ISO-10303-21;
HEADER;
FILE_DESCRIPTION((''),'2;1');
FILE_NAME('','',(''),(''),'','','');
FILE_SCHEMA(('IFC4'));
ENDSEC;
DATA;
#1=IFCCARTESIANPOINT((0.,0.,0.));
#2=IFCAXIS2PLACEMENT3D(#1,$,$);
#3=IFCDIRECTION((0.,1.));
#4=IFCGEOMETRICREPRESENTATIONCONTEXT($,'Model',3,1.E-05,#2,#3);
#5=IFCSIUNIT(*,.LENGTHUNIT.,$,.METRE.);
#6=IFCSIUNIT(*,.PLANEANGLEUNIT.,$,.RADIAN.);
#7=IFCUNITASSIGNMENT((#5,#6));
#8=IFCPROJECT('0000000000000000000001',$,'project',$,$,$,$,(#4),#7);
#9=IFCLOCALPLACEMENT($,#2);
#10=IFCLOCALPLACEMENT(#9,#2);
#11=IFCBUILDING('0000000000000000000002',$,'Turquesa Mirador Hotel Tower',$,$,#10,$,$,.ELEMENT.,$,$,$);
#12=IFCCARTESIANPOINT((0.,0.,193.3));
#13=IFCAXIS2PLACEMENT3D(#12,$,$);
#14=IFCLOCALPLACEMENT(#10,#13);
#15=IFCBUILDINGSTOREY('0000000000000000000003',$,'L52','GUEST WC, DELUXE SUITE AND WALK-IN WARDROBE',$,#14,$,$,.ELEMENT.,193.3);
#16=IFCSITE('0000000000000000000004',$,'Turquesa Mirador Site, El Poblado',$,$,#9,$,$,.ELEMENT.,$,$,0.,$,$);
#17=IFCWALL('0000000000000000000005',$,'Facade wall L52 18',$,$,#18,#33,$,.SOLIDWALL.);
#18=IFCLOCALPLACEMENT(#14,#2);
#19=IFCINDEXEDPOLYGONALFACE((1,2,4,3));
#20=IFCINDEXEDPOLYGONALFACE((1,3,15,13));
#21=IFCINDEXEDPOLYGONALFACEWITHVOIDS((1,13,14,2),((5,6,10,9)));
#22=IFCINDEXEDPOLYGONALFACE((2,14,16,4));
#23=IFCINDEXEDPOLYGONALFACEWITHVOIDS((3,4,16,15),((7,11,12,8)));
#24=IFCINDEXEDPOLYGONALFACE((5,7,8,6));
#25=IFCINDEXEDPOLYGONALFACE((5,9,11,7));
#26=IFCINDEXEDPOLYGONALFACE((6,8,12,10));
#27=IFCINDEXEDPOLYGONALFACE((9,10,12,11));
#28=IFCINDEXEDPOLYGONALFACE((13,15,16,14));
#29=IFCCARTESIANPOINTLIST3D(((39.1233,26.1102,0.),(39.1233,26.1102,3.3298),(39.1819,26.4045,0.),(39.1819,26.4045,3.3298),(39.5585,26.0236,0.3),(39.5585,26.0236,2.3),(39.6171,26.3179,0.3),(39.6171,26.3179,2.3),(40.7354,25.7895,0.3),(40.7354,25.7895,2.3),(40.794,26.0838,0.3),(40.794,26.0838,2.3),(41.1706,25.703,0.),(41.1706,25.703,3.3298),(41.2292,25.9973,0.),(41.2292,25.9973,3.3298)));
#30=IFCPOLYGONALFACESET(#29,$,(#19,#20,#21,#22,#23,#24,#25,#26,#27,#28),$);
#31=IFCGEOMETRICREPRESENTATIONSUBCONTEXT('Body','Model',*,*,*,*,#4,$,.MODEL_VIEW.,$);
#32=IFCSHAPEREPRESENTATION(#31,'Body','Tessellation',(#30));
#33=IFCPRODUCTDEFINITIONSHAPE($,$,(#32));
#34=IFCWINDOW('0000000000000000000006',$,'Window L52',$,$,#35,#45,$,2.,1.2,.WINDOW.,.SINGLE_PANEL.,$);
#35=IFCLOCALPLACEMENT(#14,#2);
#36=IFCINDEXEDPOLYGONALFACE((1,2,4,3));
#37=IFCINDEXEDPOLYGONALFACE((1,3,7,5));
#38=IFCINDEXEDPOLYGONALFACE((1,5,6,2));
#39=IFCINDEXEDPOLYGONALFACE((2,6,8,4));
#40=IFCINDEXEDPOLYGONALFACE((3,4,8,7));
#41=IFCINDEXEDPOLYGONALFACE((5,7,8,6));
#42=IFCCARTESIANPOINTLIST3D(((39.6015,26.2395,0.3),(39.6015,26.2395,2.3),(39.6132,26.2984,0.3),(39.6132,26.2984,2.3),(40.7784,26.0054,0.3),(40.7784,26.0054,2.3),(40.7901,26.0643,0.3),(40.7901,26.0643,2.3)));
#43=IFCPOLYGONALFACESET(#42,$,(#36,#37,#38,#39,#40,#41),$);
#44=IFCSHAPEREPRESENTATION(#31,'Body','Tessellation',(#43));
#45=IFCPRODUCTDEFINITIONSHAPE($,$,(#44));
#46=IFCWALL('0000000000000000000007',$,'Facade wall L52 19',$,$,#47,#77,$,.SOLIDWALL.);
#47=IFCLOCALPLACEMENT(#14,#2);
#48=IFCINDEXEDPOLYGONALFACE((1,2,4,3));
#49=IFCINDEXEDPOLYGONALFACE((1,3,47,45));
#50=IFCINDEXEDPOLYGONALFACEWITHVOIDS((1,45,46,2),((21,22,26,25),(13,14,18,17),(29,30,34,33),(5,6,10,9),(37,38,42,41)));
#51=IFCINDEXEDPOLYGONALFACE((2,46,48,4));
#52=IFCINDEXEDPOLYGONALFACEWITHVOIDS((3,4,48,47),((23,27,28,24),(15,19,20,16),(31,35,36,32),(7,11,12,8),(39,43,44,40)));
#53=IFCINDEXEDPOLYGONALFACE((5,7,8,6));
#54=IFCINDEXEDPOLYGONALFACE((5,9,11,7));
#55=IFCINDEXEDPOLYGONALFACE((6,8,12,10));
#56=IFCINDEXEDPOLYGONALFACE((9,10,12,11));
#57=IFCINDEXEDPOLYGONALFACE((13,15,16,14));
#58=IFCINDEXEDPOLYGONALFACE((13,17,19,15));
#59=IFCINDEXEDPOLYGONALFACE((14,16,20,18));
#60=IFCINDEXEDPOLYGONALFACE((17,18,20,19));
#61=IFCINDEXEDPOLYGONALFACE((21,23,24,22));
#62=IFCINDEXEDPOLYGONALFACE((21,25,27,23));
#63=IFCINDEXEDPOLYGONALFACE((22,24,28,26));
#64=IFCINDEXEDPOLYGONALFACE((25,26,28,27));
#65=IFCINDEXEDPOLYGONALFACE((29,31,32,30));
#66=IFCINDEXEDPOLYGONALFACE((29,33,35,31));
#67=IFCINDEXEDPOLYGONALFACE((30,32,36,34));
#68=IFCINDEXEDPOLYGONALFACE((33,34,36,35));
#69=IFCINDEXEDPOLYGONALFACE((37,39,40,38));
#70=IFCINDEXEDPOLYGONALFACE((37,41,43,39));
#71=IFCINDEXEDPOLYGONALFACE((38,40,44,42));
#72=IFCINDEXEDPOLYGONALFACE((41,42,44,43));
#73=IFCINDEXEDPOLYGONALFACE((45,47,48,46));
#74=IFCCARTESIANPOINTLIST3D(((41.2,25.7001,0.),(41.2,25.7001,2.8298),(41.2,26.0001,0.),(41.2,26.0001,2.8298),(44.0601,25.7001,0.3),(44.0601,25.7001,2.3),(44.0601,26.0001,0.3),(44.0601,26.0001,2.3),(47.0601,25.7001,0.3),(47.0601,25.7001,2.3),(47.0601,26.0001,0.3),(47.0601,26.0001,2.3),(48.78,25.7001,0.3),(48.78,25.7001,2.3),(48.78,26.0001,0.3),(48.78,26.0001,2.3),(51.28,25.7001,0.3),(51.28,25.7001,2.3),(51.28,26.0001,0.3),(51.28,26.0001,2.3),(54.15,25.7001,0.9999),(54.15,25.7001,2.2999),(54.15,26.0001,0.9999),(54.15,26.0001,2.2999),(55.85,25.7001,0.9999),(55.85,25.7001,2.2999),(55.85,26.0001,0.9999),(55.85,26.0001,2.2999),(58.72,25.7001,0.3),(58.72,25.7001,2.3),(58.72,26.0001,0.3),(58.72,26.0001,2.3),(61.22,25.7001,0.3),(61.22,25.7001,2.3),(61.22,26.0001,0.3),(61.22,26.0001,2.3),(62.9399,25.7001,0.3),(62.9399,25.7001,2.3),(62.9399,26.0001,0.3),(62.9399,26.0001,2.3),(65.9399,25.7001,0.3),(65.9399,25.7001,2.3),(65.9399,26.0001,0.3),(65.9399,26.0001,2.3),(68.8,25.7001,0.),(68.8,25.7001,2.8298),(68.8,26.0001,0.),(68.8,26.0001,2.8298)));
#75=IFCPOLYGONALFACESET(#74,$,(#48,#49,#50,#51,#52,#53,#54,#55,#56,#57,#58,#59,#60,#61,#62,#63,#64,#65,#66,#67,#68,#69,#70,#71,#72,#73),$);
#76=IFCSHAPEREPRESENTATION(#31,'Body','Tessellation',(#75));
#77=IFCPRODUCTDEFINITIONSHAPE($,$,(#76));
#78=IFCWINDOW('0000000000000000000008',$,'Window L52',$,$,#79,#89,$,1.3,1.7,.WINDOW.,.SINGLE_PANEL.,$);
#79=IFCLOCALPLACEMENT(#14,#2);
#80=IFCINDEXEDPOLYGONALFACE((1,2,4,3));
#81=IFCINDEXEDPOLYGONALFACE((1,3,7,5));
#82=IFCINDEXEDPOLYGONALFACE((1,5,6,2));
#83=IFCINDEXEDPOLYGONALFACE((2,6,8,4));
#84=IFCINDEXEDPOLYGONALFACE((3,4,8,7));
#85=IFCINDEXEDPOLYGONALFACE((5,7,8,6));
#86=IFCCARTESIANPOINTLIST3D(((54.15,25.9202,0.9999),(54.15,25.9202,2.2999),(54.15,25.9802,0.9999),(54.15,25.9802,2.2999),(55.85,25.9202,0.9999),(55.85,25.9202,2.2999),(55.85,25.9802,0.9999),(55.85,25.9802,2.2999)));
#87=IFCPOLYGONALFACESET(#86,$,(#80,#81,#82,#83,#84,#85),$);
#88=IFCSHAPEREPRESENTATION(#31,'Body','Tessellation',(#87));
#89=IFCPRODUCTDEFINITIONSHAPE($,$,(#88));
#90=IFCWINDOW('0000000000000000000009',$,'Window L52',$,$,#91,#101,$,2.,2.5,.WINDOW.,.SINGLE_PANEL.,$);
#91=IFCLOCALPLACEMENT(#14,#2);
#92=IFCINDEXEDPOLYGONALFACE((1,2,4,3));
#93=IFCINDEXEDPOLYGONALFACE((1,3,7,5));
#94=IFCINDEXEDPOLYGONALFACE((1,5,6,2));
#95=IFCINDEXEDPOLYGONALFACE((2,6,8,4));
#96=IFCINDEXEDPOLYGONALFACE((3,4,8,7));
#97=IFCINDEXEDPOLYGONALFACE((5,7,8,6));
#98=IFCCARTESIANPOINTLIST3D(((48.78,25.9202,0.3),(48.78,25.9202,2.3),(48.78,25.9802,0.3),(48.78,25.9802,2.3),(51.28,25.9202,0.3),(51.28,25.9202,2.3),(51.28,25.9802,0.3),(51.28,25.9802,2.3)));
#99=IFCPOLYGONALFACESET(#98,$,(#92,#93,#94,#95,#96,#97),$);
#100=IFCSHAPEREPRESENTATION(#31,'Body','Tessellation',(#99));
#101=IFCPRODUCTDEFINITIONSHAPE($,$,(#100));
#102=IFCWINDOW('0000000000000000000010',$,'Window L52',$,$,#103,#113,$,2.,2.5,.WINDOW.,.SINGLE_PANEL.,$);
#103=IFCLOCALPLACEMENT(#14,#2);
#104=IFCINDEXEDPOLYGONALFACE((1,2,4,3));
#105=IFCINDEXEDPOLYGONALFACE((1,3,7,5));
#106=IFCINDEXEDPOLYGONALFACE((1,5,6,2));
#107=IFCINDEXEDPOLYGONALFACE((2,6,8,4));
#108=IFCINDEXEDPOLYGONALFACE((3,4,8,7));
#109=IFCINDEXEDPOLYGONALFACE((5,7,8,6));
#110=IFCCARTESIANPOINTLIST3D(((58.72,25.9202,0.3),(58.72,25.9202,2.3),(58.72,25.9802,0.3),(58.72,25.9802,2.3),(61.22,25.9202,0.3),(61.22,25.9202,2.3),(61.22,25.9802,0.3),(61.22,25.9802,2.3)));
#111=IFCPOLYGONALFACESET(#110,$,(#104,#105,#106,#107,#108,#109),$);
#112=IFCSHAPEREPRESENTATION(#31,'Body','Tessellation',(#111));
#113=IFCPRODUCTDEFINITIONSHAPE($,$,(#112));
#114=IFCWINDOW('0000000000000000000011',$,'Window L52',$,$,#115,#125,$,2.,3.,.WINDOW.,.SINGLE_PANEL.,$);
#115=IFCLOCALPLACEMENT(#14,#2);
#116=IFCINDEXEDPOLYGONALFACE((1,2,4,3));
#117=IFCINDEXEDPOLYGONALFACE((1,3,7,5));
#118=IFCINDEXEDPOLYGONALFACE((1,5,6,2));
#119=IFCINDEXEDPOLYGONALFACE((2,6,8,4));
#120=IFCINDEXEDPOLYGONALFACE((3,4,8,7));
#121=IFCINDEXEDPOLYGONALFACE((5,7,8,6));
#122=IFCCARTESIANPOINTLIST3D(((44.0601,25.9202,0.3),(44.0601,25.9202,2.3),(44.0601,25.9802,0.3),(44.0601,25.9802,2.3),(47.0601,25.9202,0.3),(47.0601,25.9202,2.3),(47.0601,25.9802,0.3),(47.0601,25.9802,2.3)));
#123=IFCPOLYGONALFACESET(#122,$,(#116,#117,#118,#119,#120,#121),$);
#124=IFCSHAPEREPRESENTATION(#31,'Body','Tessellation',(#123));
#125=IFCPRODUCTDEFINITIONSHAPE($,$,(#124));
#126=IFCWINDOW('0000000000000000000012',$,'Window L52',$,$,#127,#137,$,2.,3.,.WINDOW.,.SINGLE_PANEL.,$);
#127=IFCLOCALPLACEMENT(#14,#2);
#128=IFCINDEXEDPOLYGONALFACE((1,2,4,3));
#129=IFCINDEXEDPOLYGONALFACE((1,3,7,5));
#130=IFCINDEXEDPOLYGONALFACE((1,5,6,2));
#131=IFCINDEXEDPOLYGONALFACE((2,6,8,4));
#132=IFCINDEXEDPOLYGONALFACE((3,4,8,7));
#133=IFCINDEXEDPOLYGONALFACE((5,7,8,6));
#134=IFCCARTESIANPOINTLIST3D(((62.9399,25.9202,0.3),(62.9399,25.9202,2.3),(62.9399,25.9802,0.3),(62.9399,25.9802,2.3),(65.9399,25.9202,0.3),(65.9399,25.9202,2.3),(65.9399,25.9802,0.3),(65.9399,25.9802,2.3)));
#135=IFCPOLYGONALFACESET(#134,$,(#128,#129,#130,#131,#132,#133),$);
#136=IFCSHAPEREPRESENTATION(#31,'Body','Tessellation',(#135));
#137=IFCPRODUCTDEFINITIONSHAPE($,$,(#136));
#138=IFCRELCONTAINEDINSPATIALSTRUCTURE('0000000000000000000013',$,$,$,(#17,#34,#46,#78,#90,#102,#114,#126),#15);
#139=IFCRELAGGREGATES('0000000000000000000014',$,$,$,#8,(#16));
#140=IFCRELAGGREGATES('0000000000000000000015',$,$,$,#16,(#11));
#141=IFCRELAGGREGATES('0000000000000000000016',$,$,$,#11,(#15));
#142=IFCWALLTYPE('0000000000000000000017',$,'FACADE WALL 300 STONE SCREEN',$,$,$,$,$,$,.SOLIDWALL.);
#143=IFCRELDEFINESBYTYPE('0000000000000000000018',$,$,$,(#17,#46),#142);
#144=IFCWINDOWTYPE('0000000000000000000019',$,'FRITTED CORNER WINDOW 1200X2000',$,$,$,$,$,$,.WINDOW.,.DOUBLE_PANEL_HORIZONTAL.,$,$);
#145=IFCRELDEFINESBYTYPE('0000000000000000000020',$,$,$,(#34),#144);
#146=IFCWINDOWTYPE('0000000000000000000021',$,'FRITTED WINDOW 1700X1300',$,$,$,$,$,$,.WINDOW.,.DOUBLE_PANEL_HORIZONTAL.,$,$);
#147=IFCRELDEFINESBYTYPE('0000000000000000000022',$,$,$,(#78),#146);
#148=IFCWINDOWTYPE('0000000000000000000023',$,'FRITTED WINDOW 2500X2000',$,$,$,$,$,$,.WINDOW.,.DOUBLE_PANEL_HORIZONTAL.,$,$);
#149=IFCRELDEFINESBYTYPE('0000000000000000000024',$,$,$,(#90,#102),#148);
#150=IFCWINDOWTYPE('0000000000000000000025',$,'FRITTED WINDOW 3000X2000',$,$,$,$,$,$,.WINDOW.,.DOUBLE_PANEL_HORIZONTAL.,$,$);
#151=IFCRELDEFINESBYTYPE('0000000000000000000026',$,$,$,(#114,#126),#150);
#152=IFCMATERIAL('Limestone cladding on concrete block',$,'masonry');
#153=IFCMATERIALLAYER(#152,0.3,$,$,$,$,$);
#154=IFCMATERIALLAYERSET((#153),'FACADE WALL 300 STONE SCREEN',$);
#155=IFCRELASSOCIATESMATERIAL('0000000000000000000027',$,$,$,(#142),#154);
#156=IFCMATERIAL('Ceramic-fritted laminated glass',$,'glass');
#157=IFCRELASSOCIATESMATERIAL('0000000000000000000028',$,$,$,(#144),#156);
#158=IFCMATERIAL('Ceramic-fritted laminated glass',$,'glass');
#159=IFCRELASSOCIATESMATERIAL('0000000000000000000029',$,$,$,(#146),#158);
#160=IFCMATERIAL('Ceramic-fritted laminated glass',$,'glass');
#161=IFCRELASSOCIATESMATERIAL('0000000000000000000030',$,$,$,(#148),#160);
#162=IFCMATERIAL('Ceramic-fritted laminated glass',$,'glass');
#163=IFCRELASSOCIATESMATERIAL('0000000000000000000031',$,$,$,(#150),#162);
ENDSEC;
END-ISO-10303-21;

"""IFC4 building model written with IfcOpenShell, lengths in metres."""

from ifc_helpers import new_model, si_unit, direction, frame, frame_2d, origin, place, context, subcontext, project, spatial, rectangle, extrude, material, layer, layer_set, type_object, element, fill, save


model = new_model("IFC4")

# Units and contexts
model_context = context("Model", 3, precision=1e-05, world=origin(), true_north=direction((0.0, 1.0)))
body_context = subcontext(model_context, "Body", "Model", "MODEL_VIEW")
ifc_project = project(units=[si_unit("LENGTHUNIT", "METRE"), si_unit("PLANEANGLEUNIT", "RADIAN")], contexts=[model_context])

# Site, building, storey
site_placement = place(None, origin())
site = spatial("IfcSite", under=ifc_project, at=site_placement, Name="Turquesa Mirador Site, El Poblado", CompositionType="ELEMENT", RefElevation=0.0)
building_placement = place(site_placement, origin())
building = spatial("IfcBuilding", under=site, at=building_placement, Name="Turquesa Mirador Hotel Tower", CompositionType="ELEMENT")
storey_placement = place(building_placement, frame((0.0, 0.0, 193.3)))
storey = spatial("IfcBuildingStorey", under=building, at=storey_placement, Name="L52", Description="GUEST WC, DELUXE SUITE AND WALK-IN WARDROBE", CompositionType="ELEMENT", Elevation=193.3)

# Wall, opening, window
ifc_material_1 = material(Name="Limestone cladding on concrete block", Category="masonry")
ifc_layer_1 = layer(ifc_material_1, 0.3)
ifc_layer_set_1 = layer_set([ifc_layer_1], Name="FACADE WALL 300 STONE SCREEN")
wall_type_1 = type_object("IfcWallType", Name="FACADE WALL 300 STONE SCREEN", PredefinedType="SOLIDWALL", material=ifc_layer_set_1)
ifc_material_2 = material(Name="Ceramic-fritted laminated glass", Category="glass")
window_type_1 = type_object("IfcWindowType", Name="FRITTED CORNER WINDOW 1200X2000", PartitioningType="DOUBLE_PANEL_HORIZONTAL", PredefinedType="WINDOW", material=ifc_material_2)
wall_1_placement = place(storey_placement, frame((39.1526, 26.2573, 0.0), z_axis=(0.0, 0.0, 1.0), x_axis=(0.980787, -0.195081, 0.0)))
wall_1 = element("IfcWall", 1, at=wall_1_placement, inside=storey, type_object=wall_type_1, Name="Facade wall L52 18", PredefinedType="SOLIDWALL", context=body_context, shape_type="SweptSolid", body=[
    extrude(rectangle(XDim=2.0874, YDim=0.3, at=frame_2d((1.0437, 0.0))), origin(), (0.0, 0.0, 1.0), 3.3298),
])
opening_1_placement = place(wall_1_placement, frame((0.4436, 0.0, 0.3)))
opening_1 = element("IfcOpeningElement", 2, at=opening_1_placement, cuts=wall_1, PredefinedType="OPENING", context=body_context, shape_type="SweptSolid", body=[
    extrude(rectangle(XDim=1.2, YDim=2.0, at=frame_2d((0.6001, 1.0))), frame((0.0, 0.1599, 0.0), z_axis=(0.0, -1.0, 0.0), x_axis=(1.0, 0.0, 0.0)), (0.0, 0.0, 1.0), 0.3201),
])
window_1_placement = place(opening_1_placement, origin())
window_1 = element("IfcWindow", 3, at=window_1_placement, inside=storey, type_object=window_type_1, Name="Window L52", OverallHeight=2.0, OverallWidth=1.2, PartitioningType="SINGLE_PANEL", PredefinedType="WINDOW", context=body_context, shape_type="SweptSolid", body=[
    extrude(rectangle(XDim=1.2, YDim=2.0, at=frame_2d((0.6001, 1.0))), frame((0.0, 0.1301, 0.0), z_axis=(0.0, -1.0, 0.0), x_axis=(1.0, 0.0, 0.0)), (0.0, 0.0, 1.0), 0.0601),
])
fill(opening_1, window_1)

# Wall, openings, windows
wall_2_placement = place(storey_placement, frame((41.2, 25.8501, 0.0), z_axis=(0.0, 0.0, 1.0), x_axis=(1.0, 0.0, 0.0)))
wall_2 = element("IfcWall", 4, at=wall_2_placement, inside=storey, type_object=wall_type_1, Name="Facade wall L52 19", PredefinedType="SOLIDWALL", context=body_context, shape_type="SweptSolid", body=[
    extrude(rectangle(XDim=27.6001, YDim=0.3, at=frame_2d((13.8, 0.0))), origin(), (0.0, 0.0, 1.0), 2.8298),
])
opening_2_placement = place(wall_2_placement, frame((2.8601, 0.0, 0.3)))
opening_2 = element("IfcOpeningElement", 5, at=opening_2_placement, cuts=wall_2, PredefinedType="OPENING", context=body_context, shape_type="SweptSolid", body=[
    extrude(rectangle(XDim=3.0, YDim=2.0, at=frame_2d((1.5, 1.0))), frame((0.0, 0.1599, 0.0), z_axis=(0.0, -1.0, 0.0), x_axis=(1.0, 0.0, 0.0)), (0.0, 0.0, 1.0), 0.3201),
])
opening_3_placement = place(wall_2_placement, frame((7.5801, 0.0, 0.3)))
opening_3 = element("IfcOpeningElement", 6, at=opening_3_placement, cuts=wall_2, PredefinedType="OPENING", context=body_context, shape_type="SweptSolid", body=[
    extrude(rectangle(XDim=2.5, YDim=2.0, at=frame_2d((1.25, 1.0))), frame((0.0, 0.1599, 0.0), z_axis=(0.0, -1.0, 0.0), x_axis=(1.0, 0.0, 0.0)), (0.0, 0.0, 1.0), 0.3201),
])
opening_4_placement = place(wall_2_placement, frame((12.95, 0.0, 1.0)))
opening_4 = element("IfcOpeningElement", 7, at=opening_4_placement, cuts=wall_2, PredefinedType="OPENING", context=body_context, shape_type="SweptSolid", body=[
    extrude(rectangle(XDim=1.7, YDim=1.3, at=frame_2d((0.8501, 0.6499))), frame((0.0, 0.1599, 0.0), z_axis=(0.0, -1.0, 0.0), x_axis=(1.0, 0.0, 0.0)), (0.0, 0.0, 1.0), 0.3201),
])
opening_5_placement = place(wall_2_placement, frame((17.52, 0.0, 0.3)))
opening_5 = element("IfcOpeningElement", 8, at=opening_5_placement, cuts=wall_2, PredefinedType="OPENING", context=body_context, shape_type="SweptSolid", body=[
    extrude(rectangle(XDim=2.5, YDim=2.0, at=frame_2d((1.25, 1.0))), frame((0.0, 0.1599, 0.0), z_axis=(0.0, -1.0, 0.0), x_axis=(1.0, 0.0, 0.0)), (0.0, 0.0, 1.0), 0.3201),
])
opening_6_placement = place(wall_2_placement, frame((21.74, 0.0, 0.3)))
opening_6 = element("IfcOpeningElement", 9, at=opening_6_placement, cuts=wall_2, PredefinedType="OPENING", context=body_context, shape_type="SweptSolid", body=[
    extrude(rectangle(XDim=3.0, YDim=2.0, at=frame_2d((1.5, 1.0))), frame((0.0, 0.1599, 0.0), z_axis=(0.0, -1.0, 0.0), x_axis=(1.0, 0.0, 0.0)), (0.0, 0.0, 1.0), 0.3201),
])
ifc_material_3 = material(Name="Ceramic-fritted laminated glass", Category="glass")
window_type_2 = type_object("IfcWindowType", Name="FRITTED WINDOW 1700X1300", PartitioningType="DOUBLE_PANEL_HORIZONTAL", PredefinedType="WINDOW", material=ifc_material_3)
window_2_placement = place(opening_4_placement, origin())
window_2 = element("IfcWindow", 10, at=window_2_placement, inside=storey, type_object=window_type_2, Name="Window L52", OverallHeight=1.3, OverallWidth=1.7, PartitioningType="SINGLE_PANEL", PredefinedType="WINDOW", context=body_context, shape_type="SweptSolid", body=[
    extrude(rectangle(XDim=1.7, YDim=1.3, at=frame_2d((0.8501, 0.6499))), frame((0.0, 0.1301, 0.0), z_axis=(0.0, -1.0, 0.0), x_axis=(1.0, 0.0, 0.0)), (0.0, 0.0, 1.0), 0.0601),
])
fill(opening_4, window_2)
ifc_material_4 = material(Name="Ceramic-fritted laminated glass", Category="glass")
window_type_3 = type_object("IfcWindowType", Name="FRITTED WINDOW 2500X2000", PartitioningType="DOUBLE_PANEL_HORIZONTAL", PredefinedType="WINDOW", material=ifc_material_4)
window_3_placement = place(opening_3_placement, origin())
window_3 = element("IfcWindow", 11, at=window_3_placement, inside=storey, type_object=window_type_3, Name="Window L52", OverallHeight=2.0, OverallWidth=2.5, PartitioningType="SINGLE_PANEL", PredefinedType="WINDOW", context=body_context, shape_type="SweptSolid", body=[
    extrude(rectangle(XDim=2.5, YDim=2.0, at=frame_2d((1.25, 1.0))), frame((0.0, 0.1301, 0.0), z_axis=(0.0, -1.0, 0.0), x_axis=(1.0, 0.0, 0.0)), (0.0, 0.0, 1.0), 0.0601),
])
fill(opening_3, window_3)
window_4_placement = place(opening_5_placement, origin())
window_4 = element("IfcWindow", 12, at=window_4_placement, inside=storey, type_object=window_type_3, Name="Window L52", OverallHeight=2.0, OverallWidth=2.5, PartitioningType="SINGLE_PANEL", PredefinedType="WINDOW", context=body_context, shape_type="SweptSolid", body=[
    extrude(rectangle(XDim=2.5, YDim=2.0, at=frame_2d((1.25, 1.0))), frame((0.0, 0.1301, 0.0), z_axis=(0.0, -1.0, 0.0), x_axis=(1.0, 0.0, 0.0)), (0.0, 0.0, 1.0), 0.0601),
])
fill(opening_5, window_4)
ifc_material_5 = material(Name="Ceramic-fritted laminated glass", Category="glass")
window_type_4 = type_object("IfcWindowType", Name="FRITTED WINDOW 3000X2000", PartitioningType="DOUBLE_PANEL_HORIZONTAL", PredefinedType="WINDOW", material=ifc_material_5)
window_5_placement = place(opening_2_placement, origin())
window_5 = element("IfcWindow", 13, at=window_5_placement, inside=storey, type_object=window_type_4, Name="Window L52", OverallHeight=2.0, OverallWidth=3.0, PartitioningType="SINGLE_PANEL", PredefinedType="WINDOW", context=body_context, shape_type="SweptSolid", body=[
    extrude(rectangle(XDim=3.0, YDim=2.0, at=frame_2d((1.5, 1.0))), frame((0.0, 0.1301, 0.0), z_axis=(0.0, -1.0, 0.0), x_axis=(1.0, 0.0, 0.0)), (0.0, 0.0, 1.0), 0.0601),
])
fill(opening_2, window_5)
window_6_placement = place(opening_6_placement, origin())
window_6 = element("IfcWindow", 14, at=window_6_placement, inside=storey, type_object=window_type_4, Name="Window L52", OverallHeight=2.0, OverallWidth=3.0, PartitioningType="SINGLE_PANEL", PredefinedType="WINDOW", context=body_context, shape_type="SweptSolid", body=[
    extrude(rectangle(XDim=3.0, YDim=2.0, at=frame_2d((1.5, 1.0))), frame((0.0, 0.1301, 0.0), z_axis=(0.0, -1.0, 0.0), x_axis=(1.0, 0.0, 0.0)), (0.0, 0.0, 1.0), 0.0601),
])
fill(opening_6, window_6)

save(model, "model.ifc")
